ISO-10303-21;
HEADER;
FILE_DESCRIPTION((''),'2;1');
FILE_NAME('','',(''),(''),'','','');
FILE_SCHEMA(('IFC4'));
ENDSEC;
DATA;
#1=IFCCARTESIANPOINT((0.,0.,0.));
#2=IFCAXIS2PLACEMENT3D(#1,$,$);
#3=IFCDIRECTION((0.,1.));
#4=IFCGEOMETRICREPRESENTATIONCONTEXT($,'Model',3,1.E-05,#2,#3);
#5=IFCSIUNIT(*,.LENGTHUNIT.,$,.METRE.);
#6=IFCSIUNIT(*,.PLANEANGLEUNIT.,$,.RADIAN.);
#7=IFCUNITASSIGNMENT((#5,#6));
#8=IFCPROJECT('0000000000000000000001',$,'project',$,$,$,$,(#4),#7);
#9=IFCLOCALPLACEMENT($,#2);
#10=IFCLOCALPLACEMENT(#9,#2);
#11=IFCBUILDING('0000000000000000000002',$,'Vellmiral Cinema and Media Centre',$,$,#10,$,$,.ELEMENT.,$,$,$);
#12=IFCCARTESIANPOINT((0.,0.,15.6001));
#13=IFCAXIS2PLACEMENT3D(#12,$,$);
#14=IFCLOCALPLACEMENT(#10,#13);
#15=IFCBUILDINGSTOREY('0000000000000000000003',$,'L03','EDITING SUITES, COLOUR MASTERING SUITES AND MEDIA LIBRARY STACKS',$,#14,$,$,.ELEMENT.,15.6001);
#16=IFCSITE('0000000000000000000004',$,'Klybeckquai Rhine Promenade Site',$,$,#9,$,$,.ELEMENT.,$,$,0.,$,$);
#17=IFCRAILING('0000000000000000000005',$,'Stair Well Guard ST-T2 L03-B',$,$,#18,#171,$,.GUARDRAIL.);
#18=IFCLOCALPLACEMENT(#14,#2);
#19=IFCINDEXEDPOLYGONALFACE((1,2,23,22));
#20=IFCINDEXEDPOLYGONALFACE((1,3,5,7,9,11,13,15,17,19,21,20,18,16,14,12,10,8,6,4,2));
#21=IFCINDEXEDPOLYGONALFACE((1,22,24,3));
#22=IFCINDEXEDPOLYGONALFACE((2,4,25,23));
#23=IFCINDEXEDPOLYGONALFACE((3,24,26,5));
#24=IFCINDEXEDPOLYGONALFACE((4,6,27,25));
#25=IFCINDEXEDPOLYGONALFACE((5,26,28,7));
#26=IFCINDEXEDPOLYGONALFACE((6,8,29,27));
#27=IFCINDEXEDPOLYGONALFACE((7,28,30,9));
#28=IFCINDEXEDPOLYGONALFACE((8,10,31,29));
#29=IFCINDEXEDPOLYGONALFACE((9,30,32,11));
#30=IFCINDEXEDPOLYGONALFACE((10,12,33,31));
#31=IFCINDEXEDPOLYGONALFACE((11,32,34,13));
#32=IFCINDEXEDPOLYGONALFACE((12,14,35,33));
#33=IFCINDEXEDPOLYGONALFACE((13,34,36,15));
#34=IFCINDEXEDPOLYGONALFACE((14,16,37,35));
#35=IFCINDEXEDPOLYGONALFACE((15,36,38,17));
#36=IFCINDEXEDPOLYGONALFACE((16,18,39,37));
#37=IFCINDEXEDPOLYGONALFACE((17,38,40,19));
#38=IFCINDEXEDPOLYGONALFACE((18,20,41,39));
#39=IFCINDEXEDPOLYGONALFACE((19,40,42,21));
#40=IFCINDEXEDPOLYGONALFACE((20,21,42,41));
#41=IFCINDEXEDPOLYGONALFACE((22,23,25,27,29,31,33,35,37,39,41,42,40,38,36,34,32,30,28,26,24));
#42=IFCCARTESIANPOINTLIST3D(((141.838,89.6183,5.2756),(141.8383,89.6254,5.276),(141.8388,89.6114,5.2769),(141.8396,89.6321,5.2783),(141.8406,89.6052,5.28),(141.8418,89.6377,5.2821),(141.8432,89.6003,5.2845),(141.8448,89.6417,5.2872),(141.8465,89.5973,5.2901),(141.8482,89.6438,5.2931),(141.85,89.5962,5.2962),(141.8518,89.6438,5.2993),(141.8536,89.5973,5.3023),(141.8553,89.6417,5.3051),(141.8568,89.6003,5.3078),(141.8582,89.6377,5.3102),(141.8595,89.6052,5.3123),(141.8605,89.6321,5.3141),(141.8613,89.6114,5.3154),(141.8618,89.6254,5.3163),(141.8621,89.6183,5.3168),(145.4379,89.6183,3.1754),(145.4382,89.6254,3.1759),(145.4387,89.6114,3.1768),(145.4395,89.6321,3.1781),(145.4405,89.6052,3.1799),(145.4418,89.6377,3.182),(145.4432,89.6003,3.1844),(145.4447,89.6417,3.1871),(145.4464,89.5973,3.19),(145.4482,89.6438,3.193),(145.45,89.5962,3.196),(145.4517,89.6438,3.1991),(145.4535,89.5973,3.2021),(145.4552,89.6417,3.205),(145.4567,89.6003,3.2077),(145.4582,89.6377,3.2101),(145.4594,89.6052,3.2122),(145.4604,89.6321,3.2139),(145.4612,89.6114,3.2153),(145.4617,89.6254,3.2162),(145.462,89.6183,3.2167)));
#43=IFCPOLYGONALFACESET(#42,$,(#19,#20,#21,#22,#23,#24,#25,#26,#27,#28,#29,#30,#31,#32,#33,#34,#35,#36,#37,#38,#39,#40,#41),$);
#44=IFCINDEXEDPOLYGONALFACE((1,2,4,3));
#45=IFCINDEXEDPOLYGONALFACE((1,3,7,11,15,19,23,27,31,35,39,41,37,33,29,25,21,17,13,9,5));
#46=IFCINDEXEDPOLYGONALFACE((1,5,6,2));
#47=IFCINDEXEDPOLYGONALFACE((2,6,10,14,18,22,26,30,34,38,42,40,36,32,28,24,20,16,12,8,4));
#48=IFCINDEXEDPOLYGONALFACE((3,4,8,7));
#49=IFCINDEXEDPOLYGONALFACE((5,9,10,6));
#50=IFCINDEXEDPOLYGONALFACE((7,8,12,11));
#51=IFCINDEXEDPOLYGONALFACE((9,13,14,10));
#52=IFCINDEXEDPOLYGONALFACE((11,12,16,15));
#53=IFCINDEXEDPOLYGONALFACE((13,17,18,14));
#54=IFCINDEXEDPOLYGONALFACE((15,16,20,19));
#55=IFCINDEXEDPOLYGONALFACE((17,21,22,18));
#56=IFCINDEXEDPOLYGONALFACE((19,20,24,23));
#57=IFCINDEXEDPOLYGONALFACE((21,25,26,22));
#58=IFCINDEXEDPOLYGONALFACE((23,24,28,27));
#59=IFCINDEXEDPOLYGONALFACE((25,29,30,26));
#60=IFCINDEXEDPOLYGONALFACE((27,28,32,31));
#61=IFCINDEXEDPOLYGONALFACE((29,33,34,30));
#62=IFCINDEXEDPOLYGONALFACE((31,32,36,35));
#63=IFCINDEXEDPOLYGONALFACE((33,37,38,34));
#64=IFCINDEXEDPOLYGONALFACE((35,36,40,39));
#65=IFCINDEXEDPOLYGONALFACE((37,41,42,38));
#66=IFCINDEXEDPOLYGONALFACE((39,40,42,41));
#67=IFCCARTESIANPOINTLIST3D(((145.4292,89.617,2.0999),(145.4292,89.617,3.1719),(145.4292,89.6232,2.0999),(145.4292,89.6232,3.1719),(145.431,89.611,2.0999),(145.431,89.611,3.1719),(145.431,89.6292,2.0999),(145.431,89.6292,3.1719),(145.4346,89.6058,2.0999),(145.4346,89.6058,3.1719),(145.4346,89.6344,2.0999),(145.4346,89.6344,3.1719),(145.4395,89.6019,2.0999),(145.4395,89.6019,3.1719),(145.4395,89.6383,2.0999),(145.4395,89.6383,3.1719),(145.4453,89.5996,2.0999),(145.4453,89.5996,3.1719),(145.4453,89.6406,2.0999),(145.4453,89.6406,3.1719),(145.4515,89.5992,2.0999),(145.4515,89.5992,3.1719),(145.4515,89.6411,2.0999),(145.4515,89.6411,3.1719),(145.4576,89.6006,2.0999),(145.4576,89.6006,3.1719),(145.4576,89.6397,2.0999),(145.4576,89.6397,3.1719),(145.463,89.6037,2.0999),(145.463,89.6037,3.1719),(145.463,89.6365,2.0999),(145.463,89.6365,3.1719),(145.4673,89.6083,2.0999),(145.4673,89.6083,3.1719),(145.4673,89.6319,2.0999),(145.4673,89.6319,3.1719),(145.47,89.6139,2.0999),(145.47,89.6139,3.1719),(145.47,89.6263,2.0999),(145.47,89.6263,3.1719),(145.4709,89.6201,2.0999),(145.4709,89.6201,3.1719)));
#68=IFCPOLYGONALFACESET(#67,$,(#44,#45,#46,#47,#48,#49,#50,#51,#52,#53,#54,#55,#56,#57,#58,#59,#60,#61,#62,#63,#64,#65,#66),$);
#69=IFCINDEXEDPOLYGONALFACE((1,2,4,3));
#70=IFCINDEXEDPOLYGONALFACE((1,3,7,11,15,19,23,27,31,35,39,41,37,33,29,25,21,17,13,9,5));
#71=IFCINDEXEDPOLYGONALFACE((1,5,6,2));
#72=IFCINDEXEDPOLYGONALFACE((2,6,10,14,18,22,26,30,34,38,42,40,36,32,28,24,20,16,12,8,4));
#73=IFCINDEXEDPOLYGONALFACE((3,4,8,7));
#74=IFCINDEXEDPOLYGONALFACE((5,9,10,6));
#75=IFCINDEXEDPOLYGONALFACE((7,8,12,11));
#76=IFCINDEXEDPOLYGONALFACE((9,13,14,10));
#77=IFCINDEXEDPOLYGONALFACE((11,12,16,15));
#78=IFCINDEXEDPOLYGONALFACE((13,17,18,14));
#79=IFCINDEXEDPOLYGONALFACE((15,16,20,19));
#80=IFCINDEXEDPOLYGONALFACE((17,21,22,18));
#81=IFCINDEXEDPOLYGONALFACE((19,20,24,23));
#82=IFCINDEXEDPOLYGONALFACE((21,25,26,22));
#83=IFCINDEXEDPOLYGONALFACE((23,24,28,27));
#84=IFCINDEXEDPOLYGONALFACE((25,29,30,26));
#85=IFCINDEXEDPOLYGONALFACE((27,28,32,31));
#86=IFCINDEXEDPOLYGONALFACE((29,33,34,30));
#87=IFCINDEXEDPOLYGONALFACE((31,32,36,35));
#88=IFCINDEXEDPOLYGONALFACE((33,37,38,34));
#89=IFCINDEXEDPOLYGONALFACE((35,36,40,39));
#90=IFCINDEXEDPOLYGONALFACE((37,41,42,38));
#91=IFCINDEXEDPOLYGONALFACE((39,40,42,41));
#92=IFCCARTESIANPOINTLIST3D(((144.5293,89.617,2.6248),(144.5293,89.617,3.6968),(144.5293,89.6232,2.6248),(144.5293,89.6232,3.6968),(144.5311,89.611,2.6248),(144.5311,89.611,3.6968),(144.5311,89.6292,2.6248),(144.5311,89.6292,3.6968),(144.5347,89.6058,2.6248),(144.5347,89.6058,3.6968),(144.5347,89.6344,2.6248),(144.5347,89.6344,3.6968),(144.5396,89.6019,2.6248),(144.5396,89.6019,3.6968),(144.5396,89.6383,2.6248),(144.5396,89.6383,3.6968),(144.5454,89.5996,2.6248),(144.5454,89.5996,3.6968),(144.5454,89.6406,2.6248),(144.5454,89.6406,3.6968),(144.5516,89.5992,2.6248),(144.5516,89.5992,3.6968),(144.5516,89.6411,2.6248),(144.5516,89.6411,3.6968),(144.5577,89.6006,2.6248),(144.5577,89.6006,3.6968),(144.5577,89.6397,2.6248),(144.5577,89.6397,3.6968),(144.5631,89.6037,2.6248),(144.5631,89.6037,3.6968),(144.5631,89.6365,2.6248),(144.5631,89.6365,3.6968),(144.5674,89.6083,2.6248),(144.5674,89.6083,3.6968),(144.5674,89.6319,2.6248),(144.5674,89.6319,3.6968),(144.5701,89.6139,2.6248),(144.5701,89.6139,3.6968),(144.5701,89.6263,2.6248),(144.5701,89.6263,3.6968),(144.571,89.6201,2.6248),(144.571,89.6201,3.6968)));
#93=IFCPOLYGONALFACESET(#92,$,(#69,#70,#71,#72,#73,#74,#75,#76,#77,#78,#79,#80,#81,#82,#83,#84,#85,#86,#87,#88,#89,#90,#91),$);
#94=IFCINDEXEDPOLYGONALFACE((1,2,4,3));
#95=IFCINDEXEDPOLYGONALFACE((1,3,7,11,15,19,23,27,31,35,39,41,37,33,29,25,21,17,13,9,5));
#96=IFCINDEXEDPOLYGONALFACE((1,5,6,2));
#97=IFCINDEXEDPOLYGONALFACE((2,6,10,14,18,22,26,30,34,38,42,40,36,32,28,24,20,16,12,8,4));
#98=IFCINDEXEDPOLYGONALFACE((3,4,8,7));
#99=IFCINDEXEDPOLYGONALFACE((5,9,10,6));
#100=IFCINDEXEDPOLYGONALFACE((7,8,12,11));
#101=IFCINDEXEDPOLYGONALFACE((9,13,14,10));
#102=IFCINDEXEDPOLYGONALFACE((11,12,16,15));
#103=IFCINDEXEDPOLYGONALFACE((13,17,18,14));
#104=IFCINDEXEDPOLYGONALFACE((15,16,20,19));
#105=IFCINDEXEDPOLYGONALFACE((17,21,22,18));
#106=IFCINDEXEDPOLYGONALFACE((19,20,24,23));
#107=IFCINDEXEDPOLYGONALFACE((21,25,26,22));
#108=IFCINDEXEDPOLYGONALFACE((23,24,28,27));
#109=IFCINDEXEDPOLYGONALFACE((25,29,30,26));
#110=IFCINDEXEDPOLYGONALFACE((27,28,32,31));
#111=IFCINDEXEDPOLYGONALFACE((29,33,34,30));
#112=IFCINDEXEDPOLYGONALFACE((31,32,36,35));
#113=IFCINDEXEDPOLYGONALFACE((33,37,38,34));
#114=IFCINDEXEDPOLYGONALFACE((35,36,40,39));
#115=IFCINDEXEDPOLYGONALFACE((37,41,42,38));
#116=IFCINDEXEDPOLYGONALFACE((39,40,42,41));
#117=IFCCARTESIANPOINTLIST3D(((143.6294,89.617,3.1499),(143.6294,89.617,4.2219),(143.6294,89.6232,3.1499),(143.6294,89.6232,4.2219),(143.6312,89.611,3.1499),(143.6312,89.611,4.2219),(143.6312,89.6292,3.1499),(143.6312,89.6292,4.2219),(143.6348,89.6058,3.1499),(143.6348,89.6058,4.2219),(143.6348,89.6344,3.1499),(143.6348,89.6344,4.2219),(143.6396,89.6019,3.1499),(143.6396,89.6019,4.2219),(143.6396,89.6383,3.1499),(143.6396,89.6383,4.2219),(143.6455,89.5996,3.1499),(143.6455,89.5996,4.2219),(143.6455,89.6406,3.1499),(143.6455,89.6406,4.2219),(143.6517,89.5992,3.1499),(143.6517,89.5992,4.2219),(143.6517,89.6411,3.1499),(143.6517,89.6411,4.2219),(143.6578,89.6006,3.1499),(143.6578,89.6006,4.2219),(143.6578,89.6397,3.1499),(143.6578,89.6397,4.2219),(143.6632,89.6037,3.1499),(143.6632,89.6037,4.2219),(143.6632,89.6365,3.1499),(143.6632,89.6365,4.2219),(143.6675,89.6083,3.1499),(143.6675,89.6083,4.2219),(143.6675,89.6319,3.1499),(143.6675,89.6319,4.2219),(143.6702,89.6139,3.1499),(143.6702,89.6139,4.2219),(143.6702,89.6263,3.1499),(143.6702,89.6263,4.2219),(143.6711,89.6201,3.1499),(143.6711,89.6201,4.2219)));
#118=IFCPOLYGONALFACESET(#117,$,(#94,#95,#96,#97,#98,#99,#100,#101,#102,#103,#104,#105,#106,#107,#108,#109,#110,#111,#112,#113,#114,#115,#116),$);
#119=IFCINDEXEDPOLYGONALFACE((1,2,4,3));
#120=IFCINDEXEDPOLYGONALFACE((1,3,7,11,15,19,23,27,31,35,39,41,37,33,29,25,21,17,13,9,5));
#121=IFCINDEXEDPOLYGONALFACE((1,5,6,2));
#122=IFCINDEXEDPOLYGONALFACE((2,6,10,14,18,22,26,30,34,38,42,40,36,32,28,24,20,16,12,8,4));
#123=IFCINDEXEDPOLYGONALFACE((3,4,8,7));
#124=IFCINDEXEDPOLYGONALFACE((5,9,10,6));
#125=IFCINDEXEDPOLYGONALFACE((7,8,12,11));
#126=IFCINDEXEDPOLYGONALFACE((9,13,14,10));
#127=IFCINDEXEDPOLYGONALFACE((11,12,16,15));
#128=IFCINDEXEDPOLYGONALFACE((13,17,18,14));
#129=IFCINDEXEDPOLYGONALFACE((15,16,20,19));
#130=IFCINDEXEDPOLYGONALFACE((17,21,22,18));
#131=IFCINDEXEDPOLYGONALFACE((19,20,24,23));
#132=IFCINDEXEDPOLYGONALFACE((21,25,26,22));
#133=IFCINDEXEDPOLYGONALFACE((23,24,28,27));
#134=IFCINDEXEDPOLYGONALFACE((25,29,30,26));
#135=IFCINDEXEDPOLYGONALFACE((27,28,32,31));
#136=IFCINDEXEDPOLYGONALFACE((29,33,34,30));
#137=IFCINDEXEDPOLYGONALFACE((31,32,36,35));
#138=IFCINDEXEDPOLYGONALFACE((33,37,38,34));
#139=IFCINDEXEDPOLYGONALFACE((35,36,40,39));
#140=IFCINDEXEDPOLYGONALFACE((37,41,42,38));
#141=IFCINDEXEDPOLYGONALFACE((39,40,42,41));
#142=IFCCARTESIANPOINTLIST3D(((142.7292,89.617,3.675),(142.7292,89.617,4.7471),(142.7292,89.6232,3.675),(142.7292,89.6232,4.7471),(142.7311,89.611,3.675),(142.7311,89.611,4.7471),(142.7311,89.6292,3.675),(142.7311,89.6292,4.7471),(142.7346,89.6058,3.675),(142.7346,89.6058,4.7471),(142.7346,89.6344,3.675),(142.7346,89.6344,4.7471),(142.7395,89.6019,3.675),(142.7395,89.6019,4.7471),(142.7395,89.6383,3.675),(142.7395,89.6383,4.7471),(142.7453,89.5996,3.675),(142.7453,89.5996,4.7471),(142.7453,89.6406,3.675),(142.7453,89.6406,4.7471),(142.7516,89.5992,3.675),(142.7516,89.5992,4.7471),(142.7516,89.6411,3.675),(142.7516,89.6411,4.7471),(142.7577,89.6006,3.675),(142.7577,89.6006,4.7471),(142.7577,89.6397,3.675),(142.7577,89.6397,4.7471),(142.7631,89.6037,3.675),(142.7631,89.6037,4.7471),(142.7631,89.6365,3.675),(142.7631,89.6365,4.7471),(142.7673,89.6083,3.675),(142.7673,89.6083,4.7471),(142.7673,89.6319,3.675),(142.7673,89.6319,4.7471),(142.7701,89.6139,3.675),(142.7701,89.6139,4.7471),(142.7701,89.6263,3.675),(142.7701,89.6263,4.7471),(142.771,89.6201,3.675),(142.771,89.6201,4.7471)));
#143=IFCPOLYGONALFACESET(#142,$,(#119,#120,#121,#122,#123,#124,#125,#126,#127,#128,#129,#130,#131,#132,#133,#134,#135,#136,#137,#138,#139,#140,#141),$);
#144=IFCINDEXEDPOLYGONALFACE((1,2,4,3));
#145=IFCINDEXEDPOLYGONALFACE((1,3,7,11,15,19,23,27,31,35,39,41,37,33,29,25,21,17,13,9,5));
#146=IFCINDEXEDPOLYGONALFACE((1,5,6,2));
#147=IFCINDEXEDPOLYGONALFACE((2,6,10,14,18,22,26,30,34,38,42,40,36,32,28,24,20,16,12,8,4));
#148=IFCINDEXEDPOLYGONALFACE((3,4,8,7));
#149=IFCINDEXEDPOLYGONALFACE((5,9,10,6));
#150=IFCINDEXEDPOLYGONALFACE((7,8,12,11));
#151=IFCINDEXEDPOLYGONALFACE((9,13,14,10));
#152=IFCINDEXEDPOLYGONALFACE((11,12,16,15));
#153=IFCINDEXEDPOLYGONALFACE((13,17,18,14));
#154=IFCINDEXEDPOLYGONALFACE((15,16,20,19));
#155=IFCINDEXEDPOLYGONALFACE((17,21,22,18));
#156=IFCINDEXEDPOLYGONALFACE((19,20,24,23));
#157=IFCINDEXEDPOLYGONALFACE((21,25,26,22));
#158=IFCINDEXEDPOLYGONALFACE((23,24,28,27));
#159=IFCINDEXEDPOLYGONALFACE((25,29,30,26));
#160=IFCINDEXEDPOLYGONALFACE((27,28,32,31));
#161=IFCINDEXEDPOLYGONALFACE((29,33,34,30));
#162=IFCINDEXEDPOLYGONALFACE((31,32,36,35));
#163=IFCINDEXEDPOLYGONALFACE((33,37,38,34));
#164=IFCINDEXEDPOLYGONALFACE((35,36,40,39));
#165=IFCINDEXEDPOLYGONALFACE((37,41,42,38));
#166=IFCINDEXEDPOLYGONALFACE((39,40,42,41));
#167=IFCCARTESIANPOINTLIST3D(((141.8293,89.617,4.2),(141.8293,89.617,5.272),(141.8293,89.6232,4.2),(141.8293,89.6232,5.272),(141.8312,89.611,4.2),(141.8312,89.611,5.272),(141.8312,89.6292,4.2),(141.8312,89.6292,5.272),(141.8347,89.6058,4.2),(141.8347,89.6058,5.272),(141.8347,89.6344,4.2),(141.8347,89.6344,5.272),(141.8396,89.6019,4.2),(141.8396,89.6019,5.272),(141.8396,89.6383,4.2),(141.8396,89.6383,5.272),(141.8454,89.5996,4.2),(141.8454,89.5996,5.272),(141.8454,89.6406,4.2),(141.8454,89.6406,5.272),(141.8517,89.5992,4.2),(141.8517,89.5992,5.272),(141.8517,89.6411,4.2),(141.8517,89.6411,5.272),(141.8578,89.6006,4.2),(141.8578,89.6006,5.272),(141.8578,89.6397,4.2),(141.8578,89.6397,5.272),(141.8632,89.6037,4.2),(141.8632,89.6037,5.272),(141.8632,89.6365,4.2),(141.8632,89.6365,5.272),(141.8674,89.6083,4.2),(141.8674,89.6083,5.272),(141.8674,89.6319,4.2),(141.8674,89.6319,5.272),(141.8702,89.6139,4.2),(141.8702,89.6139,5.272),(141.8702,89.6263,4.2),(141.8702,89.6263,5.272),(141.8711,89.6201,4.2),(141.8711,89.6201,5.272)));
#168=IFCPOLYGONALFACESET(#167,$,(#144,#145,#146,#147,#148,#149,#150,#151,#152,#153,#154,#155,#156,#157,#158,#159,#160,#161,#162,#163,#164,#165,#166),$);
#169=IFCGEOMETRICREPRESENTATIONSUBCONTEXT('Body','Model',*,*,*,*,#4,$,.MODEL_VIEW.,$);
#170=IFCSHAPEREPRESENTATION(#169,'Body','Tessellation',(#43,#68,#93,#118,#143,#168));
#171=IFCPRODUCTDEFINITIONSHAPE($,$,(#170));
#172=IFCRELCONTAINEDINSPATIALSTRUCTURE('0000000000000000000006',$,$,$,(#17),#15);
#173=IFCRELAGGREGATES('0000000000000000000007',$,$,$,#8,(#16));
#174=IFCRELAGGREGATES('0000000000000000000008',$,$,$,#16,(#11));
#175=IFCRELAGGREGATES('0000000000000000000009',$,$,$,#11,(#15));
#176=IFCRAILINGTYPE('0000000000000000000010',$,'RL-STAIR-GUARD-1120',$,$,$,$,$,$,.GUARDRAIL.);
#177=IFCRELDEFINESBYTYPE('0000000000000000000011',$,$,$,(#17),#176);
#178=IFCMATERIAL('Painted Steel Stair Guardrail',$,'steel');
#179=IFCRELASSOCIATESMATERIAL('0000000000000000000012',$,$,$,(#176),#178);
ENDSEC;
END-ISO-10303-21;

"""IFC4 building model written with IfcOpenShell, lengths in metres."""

from ifc_helpers import new_model, si_unit, direction, frame, origin, origin_2d, place, context, subcontext, project, spatial, circle, extrude, material, type_object, element, save


model = new_model("IFC4")

# Units and contexts
model_context = context("Model", 3, precision=1e-05, world=origin(), true_north=direction((0.0, 1.0)))
body_context = subcontext(model_context, "Body", "Model", "MODEL_VIEW")
ifc_project = project(units=[si_unit("LENGTHUNIT", "METRE"), si_unit("PLANEANGLEUNIT", "RADIAN")], contexts=[model_context])

# Site, building, storey
site_placement = place(None, origin())
site = spatial("IfcSite", under=ifc_project, at=site_placement, Name="Klybeckquai Rhine Promenade Site", CompositionType="ELEMENT", RefElevation=0.0)
building_placement = place(site_placement, origin())
building = spatial("IfcBuilding", under=site, at=building_placement, Name="Vellmiral Cinema and Media Centre", CompositionType="ELEMENT")
storey_placement = place(building_placement, frame((0.0, 0.0, 15.6001)))
storey = spatial("IfcBuildingStorey", under=building, at=storey_placement, Name="L03", Description="EDITING SUITES, COLOUR MASTERING SUITES AND MEDIA LIBRARY STACKS", CompositionType="ELEMENT", Elevation=15.6001)

# Railing
ifc_material_1 = material(Name="Painted Steel Stair Guardrail", Category="steel")
railing_type_1 = type_object("IfcRailingType", Name="RL-STAIR-GUARD-1120", PredefinedType="GUARDRAIL", material=ifc_material_1)
railing_1_placement = place(storey_placement, frame((145.45, 89.6201, 2.0999)))
element("IfcRailing", 1, at=railing_1_placement, inside=storey, type_object=railing_type_1, Name="Stair Well Guard ST-T2 L03-B", PredefinedType="GUARDRAIL", context=body_context, shape_type="SweptSolid", body=[
    extrude(circle(Radius=0.0239, at=origin_2d()), frame((0.0, 0.0, 1.0962), z_axis=(-0.86376, 0.0, 0.503904), x_axis=(0.0, -1.0, 0.0)), (0.0, 0.0, 1.0), 4.1677),
    extrude(circle(Radius=0.021, at=origin_2d()), origin(), (0.0, 0.0, 1.0), 1.072),
    extrude(circle(Radius=0.021, at=origin_2d()), frame((-0.8999, 0.0, 0.5249)), (0.0, 0.0, 1.0), 1.072),
    extrude(circle(Radius=0.021, at=origin_2d()), frame((-1.7998, 0.0, 1.05)), (0.0, 0.0, 1.0), 1.072),
    extrude(circle(Radius=0.021, at=origin_2d()), frame((-2.7, 0.0, 1.5752)), (0.0, 0.0, 1.0), 1.072),
    extrude(circle(Radius=0.021, at=origin_2d()), frame((-3.5999, 0.0, 2.1001)), (0.0, 0.0, 1.0), 1.072),
])

save(model, "model.ifc")
